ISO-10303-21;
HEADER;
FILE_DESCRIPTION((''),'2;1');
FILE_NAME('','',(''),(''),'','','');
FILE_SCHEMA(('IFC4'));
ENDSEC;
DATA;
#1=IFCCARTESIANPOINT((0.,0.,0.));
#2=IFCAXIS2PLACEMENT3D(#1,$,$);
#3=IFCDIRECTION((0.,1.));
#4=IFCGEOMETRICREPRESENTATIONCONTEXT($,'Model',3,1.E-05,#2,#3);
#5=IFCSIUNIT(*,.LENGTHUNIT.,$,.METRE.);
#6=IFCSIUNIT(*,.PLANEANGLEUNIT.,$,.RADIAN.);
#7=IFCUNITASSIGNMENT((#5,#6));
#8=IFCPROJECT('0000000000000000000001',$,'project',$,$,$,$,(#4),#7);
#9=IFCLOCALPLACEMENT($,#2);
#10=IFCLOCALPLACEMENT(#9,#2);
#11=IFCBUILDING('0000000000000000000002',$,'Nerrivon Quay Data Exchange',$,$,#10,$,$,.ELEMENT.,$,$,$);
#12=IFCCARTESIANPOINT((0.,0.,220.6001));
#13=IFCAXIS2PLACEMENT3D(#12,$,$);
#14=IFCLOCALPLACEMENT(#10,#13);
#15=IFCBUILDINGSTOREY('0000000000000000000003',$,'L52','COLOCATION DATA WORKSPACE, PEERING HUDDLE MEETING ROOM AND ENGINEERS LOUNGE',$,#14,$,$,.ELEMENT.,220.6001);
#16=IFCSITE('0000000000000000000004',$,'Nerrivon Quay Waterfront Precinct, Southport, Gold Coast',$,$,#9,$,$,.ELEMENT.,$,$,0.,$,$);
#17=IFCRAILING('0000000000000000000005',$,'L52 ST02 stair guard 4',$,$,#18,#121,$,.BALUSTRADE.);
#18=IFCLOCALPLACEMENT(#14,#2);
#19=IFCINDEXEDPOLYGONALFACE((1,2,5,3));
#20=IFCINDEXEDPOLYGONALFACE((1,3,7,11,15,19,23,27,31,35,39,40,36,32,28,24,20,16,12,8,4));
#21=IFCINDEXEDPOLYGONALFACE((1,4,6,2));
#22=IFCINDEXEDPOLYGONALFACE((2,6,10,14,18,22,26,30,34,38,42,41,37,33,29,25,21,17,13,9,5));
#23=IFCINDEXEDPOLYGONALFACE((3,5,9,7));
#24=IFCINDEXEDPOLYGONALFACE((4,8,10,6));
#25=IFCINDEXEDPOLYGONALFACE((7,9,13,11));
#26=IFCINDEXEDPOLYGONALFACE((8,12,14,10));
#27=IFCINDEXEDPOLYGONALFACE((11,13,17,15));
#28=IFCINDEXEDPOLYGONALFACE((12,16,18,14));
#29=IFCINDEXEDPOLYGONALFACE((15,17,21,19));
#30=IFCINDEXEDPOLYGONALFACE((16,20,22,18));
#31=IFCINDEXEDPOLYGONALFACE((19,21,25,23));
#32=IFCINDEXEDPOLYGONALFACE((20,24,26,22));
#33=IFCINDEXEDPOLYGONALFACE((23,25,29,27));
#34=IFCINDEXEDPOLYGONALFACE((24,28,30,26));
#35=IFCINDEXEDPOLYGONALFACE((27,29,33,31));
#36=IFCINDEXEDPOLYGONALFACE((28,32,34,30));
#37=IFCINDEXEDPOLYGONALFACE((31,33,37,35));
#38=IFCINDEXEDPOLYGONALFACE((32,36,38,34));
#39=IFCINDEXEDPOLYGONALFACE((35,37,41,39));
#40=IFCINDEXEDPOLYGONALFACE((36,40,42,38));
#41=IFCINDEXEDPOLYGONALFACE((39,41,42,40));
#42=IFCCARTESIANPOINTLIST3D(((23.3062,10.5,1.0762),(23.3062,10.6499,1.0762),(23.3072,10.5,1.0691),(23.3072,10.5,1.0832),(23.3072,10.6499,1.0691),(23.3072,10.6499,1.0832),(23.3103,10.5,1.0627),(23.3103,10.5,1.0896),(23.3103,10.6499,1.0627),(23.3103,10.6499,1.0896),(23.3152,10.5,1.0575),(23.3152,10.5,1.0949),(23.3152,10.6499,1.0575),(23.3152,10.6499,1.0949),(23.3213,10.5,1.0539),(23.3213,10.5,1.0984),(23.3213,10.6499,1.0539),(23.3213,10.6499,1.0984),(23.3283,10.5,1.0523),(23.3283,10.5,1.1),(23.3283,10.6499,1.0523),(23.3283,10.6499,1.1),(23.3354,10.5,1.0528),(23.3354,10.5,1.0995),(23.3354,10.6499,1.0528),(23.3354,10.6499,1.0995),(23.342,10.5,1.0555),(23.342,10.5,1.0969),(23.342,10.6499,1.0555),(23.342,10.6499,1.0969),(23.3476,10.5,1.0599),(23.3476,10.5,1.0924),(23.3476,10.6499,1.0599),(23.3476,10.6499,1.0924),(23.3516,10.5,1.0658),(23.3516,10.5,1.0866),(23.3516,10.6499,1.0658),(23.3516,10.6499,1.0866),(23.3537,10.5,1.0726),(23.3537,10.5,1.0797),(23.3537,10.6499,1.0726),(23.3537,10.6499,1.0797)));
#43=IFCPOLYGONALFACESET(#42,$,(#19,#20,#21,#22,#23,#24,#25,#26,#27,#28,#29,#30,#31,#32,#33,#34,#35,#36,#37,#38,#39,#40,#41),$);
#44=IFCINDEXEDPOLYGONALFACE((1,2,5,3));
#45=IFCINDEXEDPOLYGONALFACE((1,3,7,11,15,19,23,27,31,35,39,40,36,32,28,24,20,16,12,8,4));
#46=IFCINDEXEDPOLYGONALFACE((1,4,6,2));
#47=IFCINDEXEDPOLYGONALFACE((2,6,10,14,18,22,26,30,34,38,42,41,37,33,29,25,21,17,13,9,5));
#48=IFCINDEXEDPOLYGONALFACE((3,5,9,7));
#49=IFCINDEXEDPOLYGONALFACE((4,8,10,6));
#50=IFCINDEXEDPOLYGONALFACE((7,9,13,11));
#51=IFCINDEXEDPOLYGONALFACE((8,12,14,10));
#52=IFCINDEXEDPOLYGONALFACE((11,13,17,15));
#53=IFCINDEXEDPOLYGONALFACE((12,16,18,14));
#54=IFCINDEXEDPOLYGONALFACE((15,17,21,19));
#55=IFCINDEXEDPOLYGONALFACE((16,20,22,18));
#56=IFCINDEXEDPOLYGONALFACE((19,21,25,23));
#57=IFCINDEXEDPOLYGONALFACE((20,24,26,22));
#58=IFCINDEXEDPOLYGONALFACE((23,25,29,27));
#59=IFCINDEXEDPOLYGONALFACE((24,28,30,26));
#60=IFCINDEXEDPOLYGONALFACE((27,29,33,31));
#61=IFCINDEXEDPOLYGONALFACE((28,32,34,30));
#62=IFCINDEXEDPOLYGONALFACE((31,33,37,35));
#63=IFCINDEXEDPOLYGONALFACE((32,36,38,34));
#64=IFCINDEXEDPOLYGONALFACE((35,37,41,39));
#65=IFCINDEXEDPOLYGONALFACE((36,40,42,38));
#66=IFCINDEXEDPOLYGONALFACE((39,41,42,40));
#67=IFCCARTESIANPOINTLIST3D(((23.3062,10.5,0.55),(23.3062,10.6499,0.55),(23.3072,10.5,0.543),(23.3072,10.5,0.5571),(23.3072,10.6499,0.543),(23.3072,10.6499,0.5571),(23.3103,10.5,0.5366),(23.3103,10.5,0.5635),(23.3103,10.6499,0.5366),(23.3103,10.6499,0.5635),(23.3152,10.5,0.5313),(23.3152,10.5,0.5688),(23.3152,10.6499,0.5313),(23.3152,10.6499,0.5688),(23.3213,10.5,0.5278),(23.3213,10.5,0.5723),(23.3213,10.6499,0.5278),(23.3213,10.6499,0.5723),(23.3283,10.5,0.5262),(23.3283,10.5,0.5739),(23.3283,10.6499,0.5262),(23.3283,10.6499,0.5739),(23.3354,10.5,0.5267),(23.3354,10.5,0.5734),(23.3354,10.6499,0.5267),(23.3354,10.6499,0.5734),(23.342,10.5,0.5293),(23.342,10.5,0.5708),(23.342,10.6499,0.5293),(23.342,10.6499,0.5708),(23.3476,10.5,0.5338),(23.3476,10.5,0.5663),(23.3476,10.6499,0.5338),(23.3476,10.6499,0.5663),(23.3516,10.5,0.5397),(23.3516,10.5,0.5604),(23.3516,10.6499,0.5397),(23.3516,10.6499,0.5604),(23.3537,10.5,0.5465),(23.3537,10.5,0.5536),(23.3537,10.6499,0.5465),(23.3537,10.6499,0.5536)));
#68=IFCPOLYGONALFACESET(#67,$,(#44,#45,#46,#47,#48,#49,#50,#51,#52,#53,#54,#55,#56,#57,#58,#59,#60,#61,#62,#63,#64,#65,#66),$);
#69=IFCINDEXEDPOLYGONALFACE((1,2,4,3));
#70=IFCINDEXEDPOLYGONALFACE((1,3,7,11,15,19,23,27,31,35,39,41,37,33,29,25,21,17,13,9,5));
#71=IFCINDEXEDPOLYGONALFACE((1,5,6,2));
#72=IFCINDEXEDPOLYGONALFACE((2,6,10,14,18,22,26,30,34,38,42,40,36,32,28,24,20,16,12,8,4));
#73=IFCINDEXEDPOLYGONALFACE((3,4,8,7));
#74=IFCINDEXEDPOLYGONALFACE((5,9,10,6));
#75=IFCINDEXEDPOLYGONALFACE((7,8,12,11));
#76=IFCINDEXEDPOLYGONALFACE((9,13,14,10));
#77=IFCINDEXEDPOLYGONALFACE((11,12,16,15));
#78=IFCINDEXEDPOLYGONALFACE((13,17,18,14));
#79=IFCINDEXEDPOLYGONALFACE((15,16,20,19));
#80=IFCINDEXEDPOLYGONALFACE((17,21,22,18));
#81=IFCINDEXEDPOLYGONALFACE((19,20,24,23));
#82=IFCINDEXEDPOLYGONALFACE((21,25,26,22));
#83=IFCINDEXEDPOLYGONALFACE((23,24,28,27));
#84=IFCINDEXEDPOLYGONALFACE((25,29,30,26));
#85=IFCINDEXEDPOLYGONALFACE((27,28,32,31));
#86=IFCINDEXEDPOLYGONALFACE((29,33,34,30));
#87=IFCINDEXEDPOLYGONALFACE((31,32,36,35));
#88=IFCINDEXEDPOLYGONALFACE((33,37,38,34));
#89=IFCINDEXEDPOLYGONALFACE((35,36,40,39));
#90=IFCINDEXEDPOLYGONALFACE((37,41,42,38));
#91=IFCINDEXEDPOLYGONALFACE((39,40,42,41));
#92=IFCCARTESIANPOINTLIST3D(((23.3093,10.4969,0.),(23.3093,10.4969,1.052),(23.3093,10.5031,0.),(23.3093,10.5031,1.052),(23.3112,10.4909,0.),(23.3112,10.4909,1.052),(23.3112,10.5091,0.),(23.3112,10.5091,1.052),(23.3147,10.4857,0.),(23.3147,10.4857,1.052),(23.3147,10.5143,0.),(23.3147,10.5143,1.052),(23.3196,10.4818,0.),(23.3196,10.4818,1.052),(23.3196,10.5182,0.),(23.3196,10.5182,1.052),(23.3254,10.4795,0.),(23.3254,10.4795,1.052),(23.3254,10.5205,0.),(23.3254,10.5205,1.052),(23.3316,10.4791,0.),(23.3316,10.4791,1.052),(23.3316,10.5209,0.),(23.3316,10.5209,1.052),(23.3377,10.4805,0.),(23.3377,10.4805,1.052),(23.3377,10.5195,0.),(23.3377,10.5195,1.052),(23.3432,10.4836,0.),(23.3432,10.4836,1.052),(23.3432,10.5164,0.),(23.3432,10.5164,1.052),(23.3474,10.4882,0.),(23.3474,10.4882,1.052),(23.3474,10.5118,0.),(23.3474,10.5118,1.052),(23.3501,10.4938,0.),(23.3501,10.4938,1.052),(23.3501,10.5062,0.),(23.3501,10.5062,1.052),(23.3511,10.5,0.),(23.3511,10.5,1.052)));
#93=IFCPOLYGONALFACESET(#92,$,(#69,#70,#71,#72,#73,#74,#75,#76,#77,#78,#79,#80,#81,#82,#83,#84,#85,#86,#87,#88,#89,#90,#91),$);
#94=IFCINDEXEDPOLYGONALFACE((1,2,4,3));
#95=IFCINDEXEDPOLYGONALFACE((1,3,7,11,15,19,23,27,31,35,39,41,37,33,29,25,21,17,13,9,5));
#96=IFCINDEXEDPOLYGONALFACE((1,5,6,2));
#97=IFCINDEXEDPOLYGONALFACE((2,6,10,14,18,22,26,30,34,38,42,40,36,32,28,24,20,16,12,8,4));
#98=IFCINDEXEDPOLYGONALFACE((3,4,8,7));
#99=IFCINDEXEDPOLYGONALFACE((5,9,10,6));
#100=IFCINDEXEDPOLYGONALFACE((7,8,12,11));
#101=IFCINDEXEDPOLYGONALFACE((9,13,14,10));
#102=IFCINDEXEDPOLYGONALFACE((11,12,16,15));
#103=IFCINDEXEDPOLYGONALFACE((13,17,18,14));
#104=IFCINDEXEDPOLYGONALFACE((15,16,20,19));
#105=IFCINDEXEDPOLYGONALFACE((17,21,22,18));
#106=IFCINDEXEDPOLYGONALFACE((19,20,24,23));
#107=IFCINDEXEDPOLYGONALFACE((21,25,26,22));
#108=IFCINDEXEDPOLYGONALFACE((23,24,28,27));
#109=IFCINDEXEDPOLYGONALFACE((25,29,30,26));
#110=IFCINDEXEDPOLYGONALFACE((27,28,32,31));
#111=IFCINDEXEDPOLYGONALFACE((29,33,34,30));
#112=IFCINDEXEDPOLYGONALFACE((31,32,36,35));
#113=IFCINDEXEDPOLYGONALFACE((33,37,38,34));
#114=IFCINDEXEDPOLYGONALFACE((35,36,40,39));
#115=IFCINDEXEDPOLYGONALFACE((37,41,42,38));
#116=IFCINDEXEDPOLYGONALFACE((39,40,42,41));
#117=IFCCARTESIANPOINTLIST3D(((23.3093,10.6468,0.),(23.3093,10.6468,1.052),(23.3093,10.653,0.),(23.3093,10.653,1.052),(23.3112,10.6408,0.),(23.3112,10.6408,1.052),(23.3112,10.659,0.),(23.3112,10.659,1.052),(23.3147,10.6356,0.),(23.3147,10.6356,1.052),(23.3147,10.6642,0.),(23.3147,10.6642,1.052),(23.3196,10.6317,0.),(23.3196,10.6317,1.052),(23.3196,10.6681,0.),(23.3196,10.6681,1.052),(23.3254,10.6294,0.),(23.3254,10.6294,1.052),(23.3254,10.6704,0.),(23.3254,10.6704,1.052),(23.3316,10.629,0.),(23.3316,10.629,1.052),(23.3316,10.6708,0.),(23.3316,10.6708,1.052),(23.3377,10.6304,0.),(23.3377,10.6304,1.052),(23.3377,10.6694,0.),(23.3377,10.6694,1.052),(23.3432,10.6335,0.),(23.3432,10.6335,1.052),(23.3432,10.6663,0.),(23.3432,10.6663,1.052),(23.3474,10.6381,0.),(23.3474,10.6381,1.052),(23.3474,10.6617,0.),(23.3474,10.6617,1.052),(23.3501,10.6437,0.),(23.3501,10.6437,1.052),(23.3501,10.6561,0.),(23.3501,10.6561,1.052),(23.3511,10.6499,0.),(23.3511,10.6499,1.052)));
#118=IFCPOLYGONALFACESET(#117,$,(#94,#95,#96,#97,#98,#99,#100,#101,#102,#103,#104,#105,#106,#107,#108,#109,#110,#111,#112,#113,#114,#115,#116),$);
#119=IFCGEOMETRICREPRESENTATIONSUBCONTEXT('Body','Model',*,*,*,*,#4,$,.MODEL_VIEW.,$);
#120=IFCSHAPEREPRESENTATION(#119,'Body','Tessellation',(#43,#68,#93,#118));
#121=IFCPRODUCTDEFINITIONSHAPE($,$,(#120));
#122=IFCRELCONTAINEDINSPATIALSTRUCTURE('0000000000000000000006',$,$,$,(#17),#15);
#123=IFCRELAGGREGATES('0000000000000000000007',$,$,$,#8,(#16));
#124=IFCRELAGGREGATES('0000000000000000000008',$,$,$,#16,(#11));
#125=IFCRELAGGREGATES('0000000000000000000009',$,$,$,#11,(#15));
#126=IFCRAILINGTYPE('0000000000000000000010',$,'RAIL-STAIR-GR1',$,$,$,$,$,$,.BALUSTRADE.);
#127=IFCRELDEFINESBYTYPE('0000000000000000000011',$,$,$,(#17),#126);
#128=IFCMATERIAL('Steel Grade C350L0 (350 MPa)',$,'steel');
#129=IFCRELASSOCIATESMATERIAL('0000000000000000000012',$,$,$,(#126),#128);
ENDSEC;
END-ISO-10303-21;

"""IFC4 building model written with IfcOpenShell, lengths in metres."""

from ifc_helpers import new_model, si_unit, direction, frame, origin, origin_2d, place, context, subcontext, project, spatial, circle, extrude, material, type_object, element, save


model = new_model("IFC4")

# Units and contexts
model_context = context("Model", 3, precision=1e-05, world=origin(), true_north=direction((0.0, 1.0)))
body_context = subcontext(model_context, "Body", "Model", "MODEL_VIEW")
ifc_project = project(units=[si_unit("LENGTHUNIT", "METRE"), si_unit("PLANEANGLEUNIT", "RADIAN")], contexts=[model_context])

# Site, building, storey
site_placement = place(None, origin())
site = spatial("IfcSite", under=ifc_project, at=site_placement, Name="Nerrivon Quay Waterfront Precinct, Southport, Gold Coast", CompositionType="ELEMENT", RefElevation=0.0)
building_placement = place(site_placement, origin())
building = spatial("IfcBuilding", under=site, at=building_placement, Name="Nerrivon Quay Data Exchange", CompositionType="ELEMENT")
storey_placement = place(building_placement, frame((0.0, 0.0, 220.6001)))
storey = spatial("IfcBuildingStorey", under=building, at=storey_placement, Name="L52", Description="COLOCATION DATA WORKSPACE, PEERING HUDDLE MEETING ROOM AND ENGINEERS LOUNGE", CompositionType="ELEMENT", Elevation=220.6001)

# Railing
ifc_material_1 = material(Name="Steel Grade C350L0 (350 MPa)", Category="steel")
railing_type_1 = type_object("IfcRailingType", Name="RAIL-STAIR-GR1", PredefinedType="BALUSTRADE", material=ifc_material_1)
railing_1_placement = place(storey_placement, frame((23.3301, 10.5, 0.0)))
element("IfcRailing", 1, at=railing_1_placement, inside=storey, type_object=railing_type_1, Name="L52 ST02 stair guard 4", PredefinedType="BALUSTRADE", context=body_context, shape_type="SweptSolid", body=[
    extrude(circle(Radius=0.0239, at=origin_2d()), frame((0.0, 0.0, 1.0762), z_axis=(0.0, 1.0, 0.0), x_axis=(-1.0, 0.0, 0.0)), (0.0, 0.0, 1.0), 0.1499),
    extrude(circle(Radius=0.0239, at=origin_2d()), frame((0.0, 0.0, 0.55), z_axis=(0.0, 1.0, 0.0), x_axis=(-1.0, 0.0, 0.0)), (0.0, 0.0, 1.0), 0.1499),
    extrude(circle(Radius=0.021, at=origin_2d()), origin(), (0.0, 0.0, 1.0), 1.052),
    extrude(circle(Radius=0.021, at=origin_2d()), frame((0.0, 0.1499, 0.0)), (0.0, 0.0, 1.0), 1.052),
])

save(model, "model.ifc")
